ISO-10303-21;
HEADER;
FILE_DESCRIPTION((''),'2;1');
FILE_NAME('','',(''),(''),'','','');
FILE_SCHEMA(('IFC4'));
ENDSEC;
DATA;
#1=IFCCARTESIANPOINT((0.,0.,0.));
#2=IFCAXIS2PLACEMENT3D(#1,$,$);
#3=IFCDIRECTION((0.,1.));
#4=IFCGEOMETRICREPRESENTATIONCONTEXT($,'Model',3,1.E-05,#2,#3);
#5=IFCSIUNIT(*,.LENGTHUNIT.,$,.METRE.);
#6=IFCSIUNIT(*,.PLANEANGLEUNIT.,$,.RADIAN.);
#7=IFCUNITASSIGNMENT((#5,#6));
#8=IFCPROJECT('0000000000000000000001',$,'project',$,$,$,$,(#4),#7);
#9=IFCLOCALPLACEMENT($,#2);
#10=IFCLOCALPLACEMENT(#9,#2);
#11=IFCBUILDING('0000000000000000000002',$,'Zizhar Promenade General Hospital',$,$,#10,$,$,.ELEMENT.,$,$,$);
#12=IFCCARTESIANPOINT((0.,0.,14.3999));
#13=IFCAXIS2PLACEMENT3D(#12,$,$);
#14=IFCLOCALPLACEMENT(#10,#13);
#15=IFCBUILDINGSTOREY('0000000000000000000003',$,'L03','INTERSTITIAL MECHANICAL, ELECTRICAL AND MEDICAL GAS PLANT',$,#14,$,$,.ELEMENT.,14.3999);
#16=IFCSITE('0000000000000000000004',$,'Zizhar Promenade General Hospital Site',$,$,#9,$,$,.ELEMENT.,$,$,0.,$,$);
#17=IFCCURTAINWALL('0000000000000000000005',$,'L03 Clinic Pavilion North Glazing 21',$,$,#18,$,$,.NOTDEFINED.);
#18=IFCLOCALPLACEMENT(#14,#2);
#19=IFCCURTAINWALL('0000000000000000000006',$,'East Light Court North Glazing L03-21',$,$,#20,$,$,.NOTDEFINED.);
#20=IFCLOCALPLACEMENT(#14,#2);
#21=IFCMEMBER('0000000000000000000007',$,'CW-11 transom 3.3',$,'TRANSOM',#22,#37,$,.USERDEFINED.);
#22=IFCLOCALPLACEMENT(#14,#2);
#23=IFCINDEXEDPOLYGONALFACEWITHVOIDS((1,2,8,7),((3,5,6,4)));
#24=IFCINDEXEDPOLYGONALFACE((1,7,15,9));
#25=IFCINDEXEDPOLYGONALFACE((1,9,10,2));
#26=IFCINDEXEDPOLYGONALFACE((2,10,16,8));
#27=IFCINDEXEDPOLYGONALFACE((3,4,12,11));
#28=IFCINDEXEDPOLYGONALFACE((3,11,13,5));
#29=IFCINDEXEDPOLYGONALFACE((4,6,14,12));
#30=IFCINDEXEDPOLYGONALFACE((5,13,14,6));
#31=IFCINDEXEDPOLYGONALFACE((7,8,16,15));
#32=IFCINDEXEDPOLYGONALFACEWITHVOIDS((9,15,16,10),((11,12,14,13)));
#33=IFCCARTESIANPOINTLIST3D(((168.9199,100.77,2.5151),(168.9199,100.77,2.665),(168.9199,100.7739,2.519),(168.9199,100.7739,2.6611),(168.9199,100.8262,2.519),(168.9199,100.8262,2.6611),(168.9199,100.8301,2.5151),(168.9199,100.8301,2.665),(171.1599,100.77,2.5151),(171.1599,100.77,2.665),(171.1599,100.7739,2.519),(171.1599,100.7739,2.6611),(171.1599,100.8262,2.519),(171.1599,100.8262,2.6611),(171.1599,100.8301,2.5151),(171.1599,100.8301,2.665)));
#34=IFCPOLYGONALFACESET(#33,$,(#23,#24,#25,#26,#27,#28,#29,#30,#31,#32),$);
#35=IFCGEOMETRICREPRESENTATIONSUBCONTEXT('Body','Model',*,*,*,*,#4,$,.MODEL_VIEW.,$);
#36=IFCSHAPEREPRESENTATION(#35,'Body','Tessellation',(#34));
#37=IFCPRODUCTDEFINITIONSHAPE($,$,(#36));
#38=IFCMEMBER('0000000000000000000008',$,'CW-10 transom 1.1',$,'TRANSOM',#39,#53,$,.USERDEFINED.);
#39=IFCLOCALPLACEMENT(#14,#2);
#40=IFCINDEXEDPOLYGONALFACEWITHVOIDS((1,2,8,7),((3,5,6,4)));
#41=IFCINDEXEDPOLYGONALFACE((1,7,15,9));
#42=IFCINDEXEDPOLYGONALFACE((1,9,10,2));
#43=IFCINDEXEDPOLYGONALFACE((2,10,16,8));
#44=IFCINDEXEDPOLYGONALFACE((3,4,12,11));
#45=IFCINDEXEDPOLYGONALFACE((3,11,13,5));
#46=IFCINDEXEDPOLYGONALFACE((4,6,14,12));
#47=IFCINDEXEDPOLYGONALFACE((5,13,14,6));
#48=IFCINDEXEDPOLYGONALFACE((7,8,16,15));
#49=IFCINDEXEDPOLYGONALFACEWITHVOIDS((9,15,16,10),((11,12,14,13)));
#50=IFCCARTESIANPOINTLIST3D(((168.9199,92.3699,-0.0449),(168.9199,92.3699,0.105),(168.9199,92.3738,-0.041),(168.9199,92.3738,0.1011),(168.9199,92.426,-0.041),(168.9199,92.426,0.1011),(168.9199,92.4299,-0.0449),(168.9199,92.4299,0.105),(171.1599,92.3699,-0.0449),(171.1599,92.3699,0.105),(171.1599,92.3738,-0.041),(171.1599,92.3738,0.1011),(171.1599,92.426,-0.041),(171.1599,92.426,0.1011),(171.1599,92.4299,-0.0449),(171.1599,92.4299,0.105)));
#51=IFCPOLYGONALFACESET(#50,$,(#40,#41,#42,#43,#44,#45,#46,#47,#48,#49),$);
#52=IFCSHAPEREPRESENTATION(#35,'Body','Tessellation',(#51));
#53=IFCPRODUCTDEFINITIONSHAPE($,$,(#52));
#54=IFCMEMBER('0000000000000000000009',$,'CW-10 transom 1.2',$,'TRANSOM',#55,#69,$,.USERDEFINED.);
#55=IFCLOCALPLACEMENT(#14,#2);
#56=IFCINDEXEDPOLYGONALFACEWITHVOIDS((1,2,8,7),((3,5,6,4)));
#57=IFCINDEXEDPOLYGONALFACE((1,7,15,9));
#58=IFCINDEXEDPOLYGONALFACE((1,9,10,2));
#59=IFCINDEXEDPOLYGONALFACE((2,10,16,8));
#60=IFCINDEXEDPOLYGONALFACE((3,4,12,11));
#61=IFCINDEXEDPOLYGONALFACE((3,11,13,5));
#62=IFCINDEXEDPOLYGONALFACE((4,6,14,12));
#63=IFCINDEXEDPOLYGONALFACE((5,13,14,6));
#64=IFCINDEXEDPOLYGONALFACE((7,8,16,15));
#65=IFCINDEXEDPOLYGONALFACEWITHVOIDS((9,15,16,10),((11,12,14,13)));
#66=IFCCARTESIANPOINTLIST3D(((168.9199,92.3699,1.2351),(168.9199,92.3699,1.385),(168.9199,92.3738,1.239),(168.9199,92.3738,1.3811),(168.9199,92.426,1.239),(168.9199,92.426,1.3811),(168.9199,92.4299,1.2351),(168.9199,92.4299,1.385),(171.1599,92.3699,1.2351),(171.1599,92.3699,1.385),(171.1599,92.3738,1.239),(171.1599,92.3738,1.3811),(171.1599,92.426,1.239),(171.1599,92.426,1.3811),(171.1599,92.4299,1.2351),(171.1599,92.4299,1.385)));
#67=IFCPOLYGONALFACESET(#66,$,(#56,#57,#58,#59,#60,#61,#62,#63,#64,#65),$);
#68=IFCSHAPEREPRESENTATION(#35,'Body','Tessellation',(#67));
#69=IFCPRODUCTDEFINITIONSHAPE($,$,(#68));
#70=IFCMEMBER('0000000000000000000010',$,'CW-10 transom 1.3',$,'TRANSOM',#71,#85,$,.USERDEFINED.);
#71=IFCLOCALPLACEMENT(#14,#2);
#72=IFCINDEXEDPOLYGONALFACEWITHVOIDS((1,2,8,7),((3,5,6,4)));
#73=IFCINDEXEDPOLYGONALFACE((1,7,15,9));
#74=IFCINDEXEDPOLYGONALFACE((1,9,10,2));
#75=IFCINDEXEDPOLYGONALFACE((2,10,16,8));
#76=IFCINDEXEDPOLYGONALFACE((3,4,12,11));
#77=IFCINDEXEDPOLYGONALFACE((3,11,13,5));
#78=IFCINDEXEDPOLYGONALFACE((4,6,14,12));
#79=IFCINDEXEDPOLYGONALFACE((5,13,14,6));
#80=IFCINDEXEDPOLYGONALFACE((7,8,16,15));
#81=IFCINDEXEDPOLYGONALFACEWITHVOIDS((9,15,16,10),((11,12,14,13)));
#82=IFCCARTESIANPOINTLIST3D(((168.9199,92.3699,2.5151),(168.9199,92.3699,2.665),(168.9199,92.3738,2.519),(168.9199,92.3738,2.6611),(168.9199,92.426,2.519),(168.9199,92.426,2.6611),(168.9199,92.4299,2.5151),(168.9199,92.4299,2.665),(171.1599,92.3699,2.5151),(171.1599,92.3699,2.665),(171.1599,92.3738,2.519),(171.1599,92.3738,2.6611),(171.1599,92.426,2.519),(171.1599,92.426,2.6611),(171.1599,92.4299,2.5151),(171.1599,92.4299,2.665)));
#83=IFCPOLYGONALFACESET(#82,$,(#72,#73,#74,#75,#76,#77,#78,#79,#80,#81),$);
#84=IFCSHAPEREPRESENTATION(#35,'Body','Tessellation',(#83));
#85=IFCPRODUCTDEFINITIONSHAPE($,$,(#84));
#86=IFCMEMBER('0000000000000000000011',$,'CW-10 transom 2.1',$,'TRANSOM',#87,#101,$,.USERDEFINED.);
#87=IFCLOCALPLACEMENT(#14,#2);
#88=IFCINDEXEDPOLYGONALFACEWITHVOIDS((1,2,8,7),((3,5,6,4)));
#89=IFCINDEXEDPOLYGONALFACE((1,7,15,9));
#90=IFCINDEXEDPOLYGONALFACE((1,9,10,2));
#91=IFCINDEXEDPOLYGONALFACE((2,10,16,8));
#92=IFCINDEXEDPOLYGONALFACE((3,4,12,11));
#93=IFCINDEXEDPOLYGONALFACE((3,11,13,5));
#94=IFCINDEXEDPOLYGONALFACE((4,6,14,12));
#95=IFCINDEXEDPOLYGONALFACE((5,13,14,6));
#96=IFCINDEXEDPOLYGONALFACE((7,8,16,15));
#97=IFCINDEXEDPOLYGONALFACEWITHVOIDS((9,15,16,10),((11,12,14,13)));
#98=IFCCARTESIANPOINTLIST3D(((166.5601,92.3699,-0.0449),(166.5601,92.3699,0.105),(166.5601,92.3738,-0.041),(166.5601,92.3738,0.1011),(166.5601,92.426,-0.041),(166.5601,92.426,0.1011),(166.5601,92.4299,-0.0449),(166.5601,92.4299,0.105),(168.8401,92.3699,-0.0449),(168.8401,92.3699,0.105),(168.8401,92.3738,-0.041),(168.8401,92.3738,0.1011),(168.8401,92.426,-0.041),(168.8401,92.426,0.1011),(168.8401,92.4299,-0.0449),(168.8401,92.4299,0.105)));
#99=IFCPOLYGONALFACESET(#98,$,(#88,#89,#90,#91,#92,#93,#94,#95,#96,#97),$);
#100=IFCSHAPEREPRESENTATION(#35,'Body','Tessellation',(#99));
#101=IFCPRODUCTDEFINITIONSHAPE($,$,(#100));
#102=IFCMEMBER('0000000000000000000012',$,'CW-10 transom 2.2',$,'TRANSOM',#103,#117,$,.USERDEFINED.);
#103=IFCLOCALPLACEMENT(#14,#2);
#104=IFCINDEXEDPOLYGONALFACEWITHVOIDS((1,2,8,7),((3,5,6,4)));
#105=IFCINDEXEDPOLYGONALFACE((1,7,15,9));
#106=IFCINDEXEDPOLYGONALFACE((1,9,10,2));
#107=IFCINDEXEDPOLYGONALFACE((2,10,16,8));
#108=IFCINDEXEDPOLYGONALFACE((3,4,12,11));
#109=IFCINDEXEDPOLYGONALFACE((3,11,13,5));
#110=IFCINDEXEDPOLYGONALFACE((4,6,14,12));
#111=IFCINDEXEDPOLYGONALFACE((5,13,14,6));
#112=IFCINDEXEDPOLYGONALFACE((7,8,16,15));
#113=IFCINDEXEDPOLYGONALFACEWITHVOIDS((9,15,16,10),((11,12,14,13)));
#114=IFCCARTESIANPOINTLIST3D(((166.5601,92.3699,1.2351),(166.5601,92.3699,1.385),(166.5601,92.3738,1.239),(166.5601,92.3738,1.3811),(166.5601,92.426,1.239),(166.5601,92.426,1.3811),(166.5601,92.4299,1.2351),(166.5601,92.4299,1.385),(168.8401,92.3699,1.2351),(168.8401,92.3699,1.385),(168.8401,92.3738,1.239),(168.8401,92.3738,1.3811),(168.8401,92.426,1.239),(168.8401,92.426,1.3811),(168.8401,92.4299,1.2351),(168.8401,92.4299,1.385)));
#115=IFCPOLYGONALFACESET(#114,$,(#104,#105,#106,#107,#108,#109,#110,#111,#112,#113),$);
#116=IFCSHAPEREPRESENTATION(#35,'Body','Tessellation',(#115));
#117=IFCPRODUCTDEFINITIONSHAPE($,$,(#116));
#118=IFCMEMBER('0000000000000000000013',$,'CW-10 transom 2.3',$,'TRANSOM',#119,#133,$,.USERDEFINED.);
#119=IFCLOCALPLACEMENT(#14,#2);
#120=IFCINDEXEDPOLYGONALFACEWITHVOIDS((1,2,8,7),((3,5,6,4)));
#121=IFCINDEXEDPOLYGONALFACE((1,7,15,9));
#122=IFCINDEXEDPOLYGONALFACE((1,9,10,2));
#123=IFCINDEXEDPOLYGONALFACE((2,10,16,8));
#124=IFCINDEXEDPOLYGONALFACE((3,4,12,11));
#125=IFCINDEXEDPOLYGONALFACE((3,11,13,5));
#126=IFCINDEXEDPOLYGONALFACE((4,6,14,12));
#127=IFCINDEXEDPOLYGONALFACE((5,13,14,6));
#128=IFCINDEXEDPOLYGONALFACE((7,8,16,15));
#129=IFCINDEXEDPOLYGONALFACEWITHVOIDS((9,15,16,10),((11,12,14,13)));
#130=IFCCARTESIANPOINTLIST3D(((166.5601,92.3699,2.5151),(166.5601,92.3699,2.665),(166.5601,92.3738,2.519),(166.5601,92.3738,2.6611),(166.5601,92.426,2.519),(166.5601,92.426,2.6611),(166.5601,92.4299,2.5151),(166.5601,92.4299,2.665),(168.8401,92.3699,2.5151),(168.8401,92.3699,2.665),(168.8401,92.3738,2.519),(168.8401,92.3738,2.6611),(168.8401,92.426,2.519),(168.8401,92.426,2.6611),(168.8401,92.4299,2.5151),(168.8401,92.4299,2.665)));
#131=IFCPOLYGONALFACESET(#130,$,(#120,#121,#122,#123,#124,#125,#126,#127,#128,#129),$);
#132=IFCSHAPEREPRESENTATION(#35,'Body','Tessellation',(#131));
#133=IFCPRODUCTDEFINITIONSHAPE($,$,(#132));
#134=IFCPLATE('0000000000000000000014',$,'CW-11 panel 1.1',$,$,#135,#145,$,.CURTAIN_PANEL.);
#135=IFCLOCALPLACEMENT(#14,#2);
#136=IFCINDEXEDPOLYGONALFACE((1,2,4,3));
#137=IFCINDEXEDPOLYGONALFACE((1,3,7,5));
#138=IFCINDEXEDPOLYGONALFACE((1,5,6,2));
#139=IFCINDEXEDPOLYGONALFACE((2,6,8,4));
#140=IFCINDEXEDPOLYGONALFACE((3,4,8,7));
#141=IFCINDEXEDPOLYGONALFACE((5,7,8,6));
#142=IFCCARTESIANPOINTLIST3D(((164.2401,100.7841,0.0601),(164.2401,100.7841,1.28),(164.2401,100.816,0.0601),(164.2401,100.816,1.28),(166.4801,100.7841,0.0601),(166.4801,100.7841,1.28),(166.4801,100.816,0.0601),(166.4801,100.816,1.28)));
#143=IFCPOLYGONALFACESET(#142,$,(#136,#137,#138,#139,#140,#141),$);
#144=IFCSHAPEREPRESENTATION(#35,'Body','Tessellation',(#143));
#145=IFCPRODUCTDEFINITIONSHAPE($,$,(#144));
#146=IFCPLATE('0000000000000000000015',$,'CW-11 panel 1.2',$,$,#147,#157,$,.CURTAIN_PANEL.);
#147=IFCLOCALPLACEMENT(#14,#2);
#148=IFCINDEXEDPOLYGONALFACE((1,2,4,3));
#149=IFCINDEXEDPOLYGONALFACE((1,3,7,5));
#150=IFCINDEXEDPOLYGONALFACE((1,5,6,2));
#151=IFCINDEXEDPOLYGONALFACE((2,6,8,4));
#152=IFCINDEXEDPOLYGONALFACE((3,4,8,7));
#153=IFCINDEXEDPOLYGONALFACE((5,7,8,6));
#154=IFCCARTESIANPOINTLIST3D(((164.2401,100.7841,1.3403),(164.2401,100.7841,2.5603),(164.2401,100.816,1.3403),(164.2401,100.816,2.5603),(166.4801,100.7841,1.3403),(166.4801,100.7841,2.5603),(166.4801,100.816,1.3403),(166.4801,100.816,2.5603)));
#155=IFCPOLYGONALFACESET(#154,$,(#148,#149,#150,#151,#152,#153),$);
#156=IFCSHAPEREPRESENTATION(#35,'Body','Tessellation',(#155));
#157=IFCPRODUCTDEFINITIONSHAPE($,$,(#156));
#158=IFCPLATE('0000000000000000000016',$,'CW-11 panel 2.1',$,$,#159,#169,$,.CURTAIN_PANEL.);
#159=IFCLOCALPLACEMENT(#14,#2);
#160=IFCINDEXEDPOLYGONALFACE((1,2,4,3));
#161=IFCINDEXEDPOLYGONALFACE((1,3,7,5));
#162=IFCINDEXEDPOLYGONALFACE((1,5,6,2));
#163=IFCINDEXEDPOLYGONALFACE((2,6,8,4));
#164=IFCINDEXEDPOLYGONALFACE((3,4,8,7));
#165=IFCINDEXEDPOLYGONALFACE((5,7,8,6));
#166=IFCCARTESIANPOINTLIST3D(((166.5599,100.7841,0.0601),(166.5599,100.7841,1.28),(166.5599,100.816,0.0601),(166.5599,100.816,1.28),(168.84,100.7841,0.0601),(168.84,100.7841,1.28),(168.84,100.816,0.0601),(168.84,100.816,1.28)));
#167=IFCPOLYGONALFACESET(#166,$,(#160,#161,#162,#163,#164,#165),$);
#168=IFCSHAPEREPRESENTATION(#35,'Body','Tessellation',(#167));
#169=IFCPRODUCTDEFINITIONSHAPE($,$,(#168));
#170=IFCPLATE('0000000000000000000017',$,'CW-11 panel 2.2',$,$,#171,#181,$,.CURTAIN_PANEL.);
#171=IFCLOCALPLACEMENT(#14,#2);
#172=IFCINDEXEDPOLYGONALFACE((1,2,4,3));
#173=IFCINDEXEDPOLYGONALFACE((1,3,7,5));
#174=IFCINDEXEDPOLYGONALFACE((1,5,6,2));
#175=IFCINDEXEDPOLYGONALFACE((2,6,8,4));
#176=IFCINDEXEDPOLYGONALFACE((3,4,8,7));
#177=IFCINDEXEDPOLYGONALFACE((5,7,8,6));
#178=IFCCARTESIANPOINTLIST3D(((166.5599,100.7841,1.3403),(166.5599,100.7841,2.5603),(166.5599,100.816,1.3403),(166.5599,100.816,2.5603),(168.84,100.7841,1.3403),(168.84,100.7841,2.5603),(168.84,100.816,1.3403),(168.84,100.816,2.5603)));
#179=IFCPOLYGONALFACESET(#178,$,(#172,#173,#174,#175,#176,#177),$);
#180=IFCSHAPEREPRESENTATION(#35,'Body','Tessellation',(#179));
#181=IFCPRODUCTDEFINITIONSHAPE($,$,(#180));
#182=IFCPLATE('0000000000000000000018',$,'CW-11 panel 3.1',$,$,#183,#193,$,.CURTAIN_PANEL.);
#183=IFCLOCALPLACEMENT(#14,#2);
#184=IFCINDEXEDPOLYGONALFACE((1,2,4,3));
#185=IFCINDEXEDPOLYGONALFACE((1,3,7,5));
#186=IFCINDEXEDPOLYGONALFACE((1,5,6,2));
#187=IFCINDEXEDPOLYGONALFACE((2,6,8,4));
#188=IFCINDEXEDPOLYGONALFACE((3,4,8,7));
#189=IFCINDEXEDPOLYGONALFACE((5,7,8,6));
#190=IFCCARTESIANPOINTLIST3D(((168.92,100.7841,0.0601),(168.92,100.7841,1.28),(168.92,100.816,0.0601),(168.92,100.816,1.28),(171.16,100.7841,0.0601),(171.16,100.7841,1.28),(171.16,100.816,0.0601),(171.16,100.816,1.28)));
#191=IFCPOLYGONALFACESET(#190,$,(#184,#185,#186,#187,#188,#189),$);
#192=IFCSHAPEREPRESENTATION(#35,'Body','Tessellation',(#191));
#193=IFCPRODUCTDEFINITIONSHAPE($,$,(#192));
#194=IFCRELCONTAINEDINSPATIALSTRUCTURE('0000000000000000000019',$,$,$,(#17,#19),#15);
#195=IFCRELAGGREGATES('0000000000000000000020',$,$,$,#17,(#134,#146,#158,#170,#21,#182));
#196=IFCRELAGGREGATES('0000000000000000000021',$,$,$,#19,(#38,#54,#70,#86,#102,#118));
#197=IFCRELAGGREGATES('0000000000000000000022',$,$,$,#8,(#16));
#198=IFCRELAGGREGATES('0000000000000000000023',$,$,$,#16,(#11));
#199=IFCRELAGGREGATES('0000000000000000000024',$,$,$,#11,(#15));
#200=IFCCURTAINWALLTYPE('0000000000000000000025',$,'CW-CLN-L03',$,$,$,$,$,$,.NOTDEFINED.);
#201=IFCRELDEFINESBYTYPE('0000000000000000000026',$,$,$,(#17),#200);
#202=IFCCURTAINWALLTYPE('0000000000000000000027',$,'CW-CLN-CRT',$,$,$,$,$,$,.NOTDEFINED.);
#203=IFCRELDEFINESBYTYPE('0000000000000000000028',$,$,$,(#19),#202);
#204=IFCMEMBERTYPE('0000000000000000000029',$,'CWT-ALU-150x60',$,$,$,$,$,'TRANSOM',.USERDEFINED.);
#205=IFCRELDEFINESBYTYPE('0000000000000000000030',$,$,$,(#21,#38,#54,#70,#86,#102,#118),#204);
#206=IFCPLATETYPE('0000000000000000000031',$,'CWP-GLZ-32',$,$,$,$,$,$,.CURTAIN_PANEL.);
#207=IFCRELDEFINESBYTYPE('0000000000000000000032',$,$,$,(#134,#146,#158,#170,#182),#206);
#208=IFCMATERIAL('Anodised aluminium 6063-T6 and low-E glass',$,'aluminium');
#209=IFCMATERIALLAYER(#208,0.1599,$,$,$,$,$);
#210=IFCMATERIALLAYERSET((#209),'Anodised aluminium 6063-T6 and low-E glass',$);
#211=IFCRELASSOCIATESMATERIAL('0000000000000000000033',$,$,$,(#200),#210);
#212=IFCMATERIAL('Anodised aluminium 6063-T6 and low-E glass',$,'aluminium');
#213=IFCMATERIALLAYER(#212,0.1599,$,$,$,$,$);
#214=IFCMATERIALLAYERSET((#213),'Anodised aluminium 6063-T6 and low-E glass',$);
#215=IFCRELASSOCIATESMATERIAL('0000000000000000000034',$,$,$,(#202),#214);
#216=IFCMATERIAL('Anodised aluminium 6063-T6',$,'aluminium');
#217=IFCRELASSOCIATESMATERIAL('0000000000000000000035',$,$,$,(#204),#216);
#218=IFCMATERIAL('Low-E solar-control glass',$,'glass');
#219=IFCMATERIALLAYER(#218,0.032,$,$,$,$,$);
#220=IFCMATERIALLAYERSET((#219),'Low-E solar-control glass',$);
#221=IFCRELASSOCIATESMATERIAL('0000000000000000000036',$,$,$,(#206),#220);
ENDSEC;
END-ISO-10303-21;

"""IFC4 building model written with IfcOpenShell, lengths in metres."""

from ifc_helpers import new_model, si_unit, direction, frame, origin, origin_2d, place, context, subcontext, project, spatial, rectangle, hollow_rectangle, extrude, material, layer, layer_set, material_profile, profile_set, type_object, element, aggregate, save


model = new_model("IFC4")

# Units and contexts
model_context = context("Model", 3, precision=1e-05, world=origin(), true_north=direction((0.0, 1.0)))
body_context = subcontext(model_context, "Body", "Model", "MODEL_VIEW")
ifc_project = project(units=[si_unit("LENGTHUNIT", "METRE"), si_unit("PLANEANGLEUNIT", "RADIAN")], contexts=[model_context])

# Site, building, storey
site_placement = place(None, origin())
site = spatial("IfcSite", under=ifc_project, at=site_placement, Name="Zizhar Promenade General Hospital Site", CompositionType="ELEMENT", RefElevation=0.0)
building_placement = place(site_placement, origin())
building = spatial("IfcBuilding", under=site, at=building_placement, Name="Zizhar Promenade General Hospital", CompositionType="ELEMENT")
storey_placement = place(building_placement, frame((0.0, 0.0, 14.3999)))
storey = spatial("IfcBuildingStorey", under=building, at=storey_placement, Name="L03", Description="INTERSTITIAL MECHANICAL, ELECTRICAL AND MEDICAL GAS PLANT", CompositionType="ELEMENT", Elevation=14.3999)

# Curtain wall
ifc_material_1 = material(Name="Anodised aluminium 6063-T6 and low-E glass", Category="aluminium")
ifc_layer_1 = layer(ifc_material_1, 0.1599)
ifc_layer_set_1 = layer_set([ifc_layer_1], Name="Anodised aluminium 6063-T6 and low-E glass")
curtain_wall_type_1 = type_object("IfcCurtainWallType", Name="CW-CLN-L03", PredefinedType="NOTDEFINED", material=ifc_layer_set_1)
curtain_wall_1_placement = place(storey_placement, origin())
curtain_wall_1 = element("IfcCurtainWall", 1, at=curtain_wall_1_placement, inside=storey, type_object=curtain_wall_type_1, Name="L03 Clinic Pavilion North Glazing 21", PredefinedType="NOTDEFINED")

# Curtain wall
ifc_material_2 = material(Name="Anodised aluminium 6063-T6 and low-E glass", Category="aluminium")
ifc_layer_2 = layer(ifc_material_2, 0.1599)
ifc_layer_set_2 = layer_set([ifc_layer_2], Name="Anodised aluminium 6063-T6 and low-E glass")
curtain_wall_type_2 = type_object("IfcCurtainWallType", Name="CW-CLN-CRT", PredefinedType="NOTDEFINED", material=ifc_layer_set_2)
curtain_wall_2_placement = place(storey_placement, origin())
curtain_wall_2 = element("IfcCurtainWall", 2, at=curtain_wall_2_placement, inside=storey, type_object=curtain_wall_type_2, Name="East Light Court North Glazing L03-21", PredefinedType="NOTDEFINED")

# Members
ifc_material_3 = material(Name="Anodised aluminium 6063-T6", Category="aluminium")
ifc_material_profile_1 = material_profile(ifc_material_3, hollow_rectangle(XDim=0.0601, YDim=0.1499, WallThickness=0.0039, at=origin_2d()))
ifc_profile_set_1 = profile_set([ifc_material_profile_1], Name="Anodised aluminium 6063-T6")
member_type_1 = type_object("IfcMemberType", Name="CWT-ALU-150x60", ElementType="TRANSOM", PredefinedType="USERDEFINED", material=ifc_profile_set_1)
member_1_placement = place(storey_placement, frame((168.9199, 100.8, 2.5901), z_axis=(1.0, 0.0, 0.0), x_axis=(0.0, 1.0, 0.0)))
member_1 = element("IfcMember", 3, at=member_1_placement, type_object=member_type_1, Name="CW-11 transom 3.3", ObjectType="TRANSOM", PredefinedType="USERDEFINED", context=body_context, shape_type="SweptSolid", body=[
    extrude(hollow_rectangle(XDim=0.0601, YDim=0.1499, WallThickness=0.0039, at=origin_2d()), origin(), (0.0, 0.0, 1.0), 2.24),
])
member_2_placement = place(storey_placement, frame((171.1599, 92.3999, 0.03), z_axis=(-1.0, 0.0, 0.0), x_axis=(0.0, -1.0, 0.0)))
member_2 = element("IfcMember", 4, at=member_2_placement, type_object=member_type_1, Name="CW-10 transom 1.1", ObjectType="TRANSOM", PredefinedType="USERDEFINED", context=body_context, shape_type="SweptSolid", body=[
    extrude(hollow_rectangle(XDim=0.0601, YDim=0.1499, WallThickness=0.0039, at=origin_2d()), origin(), (0.0, 0.0, 1.0), 2.24),
])
member_3_placement = place(storey_placement, frame((171.1599, 92.3999, 1.3101), z_axis=(-1.0, 0.0, 0.0), x_axis=(0.0, -1.0, 0.0)))
member_3 = element("IfcMember", 5, at=member_3_placement, type_object=member_type_1, Name="CW-10 transom 1.2", ObjectType="TRANSOM", PredefinedType="USERDEFINED", context=body_context, shape_type="SweptSolid", body=[
    extrude(hollow_rectangle(XDim=0.0601, YDim=0.1499, WallThickness=0.0039, at=origin_2d()), origin(), (0.0, 0.0, 1.0), 2.24),
])
member_4_placement = place(storey_placement, frame((171.1599, 92.3999, 2.5901), z_axis=(-1.0, 0.0, 0.0), x_axis=(0.0, -1.0, 0.0)))
member_4 = element("IfcMember", 6, at=member_4_placement, type_object=member_type_1, Name="CW-10 transom 1.3", ObjectType="TRANSOM", PredefinedType="USERDEFINED", context=body_context, shape_type="SweptSolid", body=[
    extrude(hollow_rectangle(XDim=0.0601, YDim=0.1499, WallThickness=0.0039, at=origin_2d()), origin(), (0.0, 0.0, 1.0), 2.24),
])
member_5_placement = place(storey_placement, frame((168.8401, 92.3999, 0.03), z_axis=(-1.0, 0.0, 0.0), x_axis=(0.0, -1.0, 0.0)))
member_5 = element("IfcMember", 7, at=member_5_placement, type_object=member_type_1, Name="CW-10 transom 2.1", ObjectType="TRANSOM", PredefinedType="USERDEFINED", context=body_context, shape_type="SweptSolid", body=[
    extrude(hollow_rectangle(XDim=0.0601, YDim=0.1499, WallThickness=0.0039, at=origin_2d()), origin(), (0.0, 0.0, 1.0), 2.28),
])
member_6_placement = place(storey_placement, frame((168.8401, 92.3999, 1.3101), z_axis=(-1.0, 0.0, 0.0), x_axis=(0.0, -1.0, 0.0)))
member_6 = element("IfcMember", 8, at=member_6_placement, type_object=member_type_1, Name="CW-10 transom 2.2", ObjectType="TRANSOM", PredefinedType="USERDEFINED", context=body_context, shape_type="SweptSolid", body=[
    extrude(hollow_rectangle(XDim=0.0601, YDim=0.1499, WallThickness=0.0039, at=origin_2d()), origin(), (0.0, 0.0, 1.0), 2.28),
])
member_7_placement = place(storey_placement, frame((168.8401, 92.3999, 2.5901), z_axis=(-1.0, 0.0, 0.0), x_axis=(0.0, -1.0, 0.0)))
member_7 = element("IfcMember", 9, at=member_7_placement, type_object=member_type_1, Name="CW-10 transom 2.3", ObjectType="TRANSOM", PredefinedType="USERDEFINED", context=body_context, shape_type="SweptSolid", body=[
    extrude(hollow_rectangle(XDim=0.0601, YDim=0.1499, WallThickness=0.0039, at=origin_2d()), origin(), (0.0, 0.0, 1.0), 2.28),
])

# Plates
ifc_material_4 = material(Name="Low-E solar-control glass", Category="glass")
ifc_layer_3 = layer(ifc_material_4, 0.032)
ifc_layer_set_3 = layer_set([ifc_layer_3], Name="Low-E solar-control glass")
plate_type = type_object("IfcPlateType", Name="CWP-GLZ-32", PredefinedType="CURTAIN_PANEL", material=ifc_layer_set_3)
plate_1_placement = place(storey_placement, frame((165.3601, 100.8, 0.0601), z_axis=(0.0, 0.0, 1.0), x_axis=(1.0, 0.0, 0.0)))
plate_1 = element("IfcPlate", 10, at=plate_1_placement, type_object=plate_type, Name="CW-11 panel 1.1", PredefinedType="CURTAIN_PANEL", context=body_context, shape_type="SweptSolid", body=[
    extrude(rectangle(XDim=2.24, YDim=0.032, at=origin_2d()), origin(), (0.0, 0.0, 1.0), 1.22),
])
plate_2_placement = place(storey_placement, frame((165.3601, 100.8, 1.3403), z_axis=(0.0, 0.0, 1.0), x_axis=(1.0, 0.0, 0.0)))
plate_2 = element("IfcPlate", 11, at=plate_2_placement, type_object=plate_type, Name="CW-11 panel 1.2", PredefinedType="CURTAIN_PANEL", context=body_context, shape_type="SweptSolid", body=[
    extrude(rectangle(XDim=2.24, YDim=0.032, at=origin_2d()), origin(), (0.0, 0.0, 1.0), 1.22),
])
plate_3_placement = place(storey_placement, frame((167.7, 100.8, 0.0601), z_axis=(0.0, 0.0, 1.0), x_axis=(1.0, 0.0, 0.0)))
plate_3 = element("IfcPlate", 12, at=plate_3_placement, type_object=plate_type, Name="CW-11 panel 2.1", PredefinedType="CURTAIN_PANEL", context=body_context, shape_type="SweptSolid", body=[
    extrude(rectangle(XDim=2.28, YDim=0.032, at=origin_2d()), origin(), (0.0, 0.0, 1.0), 1.22),
])
plate_4_placement = place(storey_placement, frame((167.7, 100.8, 1.3403), z_axis=(0.0, 0.0, 1.0), x_axis=(1.0, 0.0, 0.0)))
plate_4 = element("IfcPlate", 13, at=plate_4_placement, type_object=plate_type, Name="CW-11 panel 2.2", PredefinedType="CURTAIN_PANEL", context=body_context, shape_type="SweptSolid", body=[
    extrude(rectangle(XDim=2.28, YDim=0.032, at=origin_2d()), origin(), (0.0, 0.0, 1.0), 1.22),
])
plate_5_placement = place(storey_placement, frame((170.04, 100.8, 0.0601), z_axis=(0.0, 0.0, 1.0), x_axis=(1.0, 0.0, 0.0)))
plate_5 = element("IfcPlate", 14, at=plate_5_placement, type_object=plate_type, Name="CW-11 panel 3.1", PredefinedType="CURTAIN_PANEL", context=body_context, shape_type="SweptSolid", body=[
    extrude(rectangle(XDim=2.24, YDim=0.032, at=origin_2d()), origin(), (0.0, 0.0, 1.0), 1.22),
])
aggregate(curtain_wall_1, [plate_1, plate_2, plate_3, plate_4, member_1, plate_5])
aggregate(curtain_wall_2, [member_2, member_3, member_4, member_5, member_6, member_7])

save(model, "model.ifc")
